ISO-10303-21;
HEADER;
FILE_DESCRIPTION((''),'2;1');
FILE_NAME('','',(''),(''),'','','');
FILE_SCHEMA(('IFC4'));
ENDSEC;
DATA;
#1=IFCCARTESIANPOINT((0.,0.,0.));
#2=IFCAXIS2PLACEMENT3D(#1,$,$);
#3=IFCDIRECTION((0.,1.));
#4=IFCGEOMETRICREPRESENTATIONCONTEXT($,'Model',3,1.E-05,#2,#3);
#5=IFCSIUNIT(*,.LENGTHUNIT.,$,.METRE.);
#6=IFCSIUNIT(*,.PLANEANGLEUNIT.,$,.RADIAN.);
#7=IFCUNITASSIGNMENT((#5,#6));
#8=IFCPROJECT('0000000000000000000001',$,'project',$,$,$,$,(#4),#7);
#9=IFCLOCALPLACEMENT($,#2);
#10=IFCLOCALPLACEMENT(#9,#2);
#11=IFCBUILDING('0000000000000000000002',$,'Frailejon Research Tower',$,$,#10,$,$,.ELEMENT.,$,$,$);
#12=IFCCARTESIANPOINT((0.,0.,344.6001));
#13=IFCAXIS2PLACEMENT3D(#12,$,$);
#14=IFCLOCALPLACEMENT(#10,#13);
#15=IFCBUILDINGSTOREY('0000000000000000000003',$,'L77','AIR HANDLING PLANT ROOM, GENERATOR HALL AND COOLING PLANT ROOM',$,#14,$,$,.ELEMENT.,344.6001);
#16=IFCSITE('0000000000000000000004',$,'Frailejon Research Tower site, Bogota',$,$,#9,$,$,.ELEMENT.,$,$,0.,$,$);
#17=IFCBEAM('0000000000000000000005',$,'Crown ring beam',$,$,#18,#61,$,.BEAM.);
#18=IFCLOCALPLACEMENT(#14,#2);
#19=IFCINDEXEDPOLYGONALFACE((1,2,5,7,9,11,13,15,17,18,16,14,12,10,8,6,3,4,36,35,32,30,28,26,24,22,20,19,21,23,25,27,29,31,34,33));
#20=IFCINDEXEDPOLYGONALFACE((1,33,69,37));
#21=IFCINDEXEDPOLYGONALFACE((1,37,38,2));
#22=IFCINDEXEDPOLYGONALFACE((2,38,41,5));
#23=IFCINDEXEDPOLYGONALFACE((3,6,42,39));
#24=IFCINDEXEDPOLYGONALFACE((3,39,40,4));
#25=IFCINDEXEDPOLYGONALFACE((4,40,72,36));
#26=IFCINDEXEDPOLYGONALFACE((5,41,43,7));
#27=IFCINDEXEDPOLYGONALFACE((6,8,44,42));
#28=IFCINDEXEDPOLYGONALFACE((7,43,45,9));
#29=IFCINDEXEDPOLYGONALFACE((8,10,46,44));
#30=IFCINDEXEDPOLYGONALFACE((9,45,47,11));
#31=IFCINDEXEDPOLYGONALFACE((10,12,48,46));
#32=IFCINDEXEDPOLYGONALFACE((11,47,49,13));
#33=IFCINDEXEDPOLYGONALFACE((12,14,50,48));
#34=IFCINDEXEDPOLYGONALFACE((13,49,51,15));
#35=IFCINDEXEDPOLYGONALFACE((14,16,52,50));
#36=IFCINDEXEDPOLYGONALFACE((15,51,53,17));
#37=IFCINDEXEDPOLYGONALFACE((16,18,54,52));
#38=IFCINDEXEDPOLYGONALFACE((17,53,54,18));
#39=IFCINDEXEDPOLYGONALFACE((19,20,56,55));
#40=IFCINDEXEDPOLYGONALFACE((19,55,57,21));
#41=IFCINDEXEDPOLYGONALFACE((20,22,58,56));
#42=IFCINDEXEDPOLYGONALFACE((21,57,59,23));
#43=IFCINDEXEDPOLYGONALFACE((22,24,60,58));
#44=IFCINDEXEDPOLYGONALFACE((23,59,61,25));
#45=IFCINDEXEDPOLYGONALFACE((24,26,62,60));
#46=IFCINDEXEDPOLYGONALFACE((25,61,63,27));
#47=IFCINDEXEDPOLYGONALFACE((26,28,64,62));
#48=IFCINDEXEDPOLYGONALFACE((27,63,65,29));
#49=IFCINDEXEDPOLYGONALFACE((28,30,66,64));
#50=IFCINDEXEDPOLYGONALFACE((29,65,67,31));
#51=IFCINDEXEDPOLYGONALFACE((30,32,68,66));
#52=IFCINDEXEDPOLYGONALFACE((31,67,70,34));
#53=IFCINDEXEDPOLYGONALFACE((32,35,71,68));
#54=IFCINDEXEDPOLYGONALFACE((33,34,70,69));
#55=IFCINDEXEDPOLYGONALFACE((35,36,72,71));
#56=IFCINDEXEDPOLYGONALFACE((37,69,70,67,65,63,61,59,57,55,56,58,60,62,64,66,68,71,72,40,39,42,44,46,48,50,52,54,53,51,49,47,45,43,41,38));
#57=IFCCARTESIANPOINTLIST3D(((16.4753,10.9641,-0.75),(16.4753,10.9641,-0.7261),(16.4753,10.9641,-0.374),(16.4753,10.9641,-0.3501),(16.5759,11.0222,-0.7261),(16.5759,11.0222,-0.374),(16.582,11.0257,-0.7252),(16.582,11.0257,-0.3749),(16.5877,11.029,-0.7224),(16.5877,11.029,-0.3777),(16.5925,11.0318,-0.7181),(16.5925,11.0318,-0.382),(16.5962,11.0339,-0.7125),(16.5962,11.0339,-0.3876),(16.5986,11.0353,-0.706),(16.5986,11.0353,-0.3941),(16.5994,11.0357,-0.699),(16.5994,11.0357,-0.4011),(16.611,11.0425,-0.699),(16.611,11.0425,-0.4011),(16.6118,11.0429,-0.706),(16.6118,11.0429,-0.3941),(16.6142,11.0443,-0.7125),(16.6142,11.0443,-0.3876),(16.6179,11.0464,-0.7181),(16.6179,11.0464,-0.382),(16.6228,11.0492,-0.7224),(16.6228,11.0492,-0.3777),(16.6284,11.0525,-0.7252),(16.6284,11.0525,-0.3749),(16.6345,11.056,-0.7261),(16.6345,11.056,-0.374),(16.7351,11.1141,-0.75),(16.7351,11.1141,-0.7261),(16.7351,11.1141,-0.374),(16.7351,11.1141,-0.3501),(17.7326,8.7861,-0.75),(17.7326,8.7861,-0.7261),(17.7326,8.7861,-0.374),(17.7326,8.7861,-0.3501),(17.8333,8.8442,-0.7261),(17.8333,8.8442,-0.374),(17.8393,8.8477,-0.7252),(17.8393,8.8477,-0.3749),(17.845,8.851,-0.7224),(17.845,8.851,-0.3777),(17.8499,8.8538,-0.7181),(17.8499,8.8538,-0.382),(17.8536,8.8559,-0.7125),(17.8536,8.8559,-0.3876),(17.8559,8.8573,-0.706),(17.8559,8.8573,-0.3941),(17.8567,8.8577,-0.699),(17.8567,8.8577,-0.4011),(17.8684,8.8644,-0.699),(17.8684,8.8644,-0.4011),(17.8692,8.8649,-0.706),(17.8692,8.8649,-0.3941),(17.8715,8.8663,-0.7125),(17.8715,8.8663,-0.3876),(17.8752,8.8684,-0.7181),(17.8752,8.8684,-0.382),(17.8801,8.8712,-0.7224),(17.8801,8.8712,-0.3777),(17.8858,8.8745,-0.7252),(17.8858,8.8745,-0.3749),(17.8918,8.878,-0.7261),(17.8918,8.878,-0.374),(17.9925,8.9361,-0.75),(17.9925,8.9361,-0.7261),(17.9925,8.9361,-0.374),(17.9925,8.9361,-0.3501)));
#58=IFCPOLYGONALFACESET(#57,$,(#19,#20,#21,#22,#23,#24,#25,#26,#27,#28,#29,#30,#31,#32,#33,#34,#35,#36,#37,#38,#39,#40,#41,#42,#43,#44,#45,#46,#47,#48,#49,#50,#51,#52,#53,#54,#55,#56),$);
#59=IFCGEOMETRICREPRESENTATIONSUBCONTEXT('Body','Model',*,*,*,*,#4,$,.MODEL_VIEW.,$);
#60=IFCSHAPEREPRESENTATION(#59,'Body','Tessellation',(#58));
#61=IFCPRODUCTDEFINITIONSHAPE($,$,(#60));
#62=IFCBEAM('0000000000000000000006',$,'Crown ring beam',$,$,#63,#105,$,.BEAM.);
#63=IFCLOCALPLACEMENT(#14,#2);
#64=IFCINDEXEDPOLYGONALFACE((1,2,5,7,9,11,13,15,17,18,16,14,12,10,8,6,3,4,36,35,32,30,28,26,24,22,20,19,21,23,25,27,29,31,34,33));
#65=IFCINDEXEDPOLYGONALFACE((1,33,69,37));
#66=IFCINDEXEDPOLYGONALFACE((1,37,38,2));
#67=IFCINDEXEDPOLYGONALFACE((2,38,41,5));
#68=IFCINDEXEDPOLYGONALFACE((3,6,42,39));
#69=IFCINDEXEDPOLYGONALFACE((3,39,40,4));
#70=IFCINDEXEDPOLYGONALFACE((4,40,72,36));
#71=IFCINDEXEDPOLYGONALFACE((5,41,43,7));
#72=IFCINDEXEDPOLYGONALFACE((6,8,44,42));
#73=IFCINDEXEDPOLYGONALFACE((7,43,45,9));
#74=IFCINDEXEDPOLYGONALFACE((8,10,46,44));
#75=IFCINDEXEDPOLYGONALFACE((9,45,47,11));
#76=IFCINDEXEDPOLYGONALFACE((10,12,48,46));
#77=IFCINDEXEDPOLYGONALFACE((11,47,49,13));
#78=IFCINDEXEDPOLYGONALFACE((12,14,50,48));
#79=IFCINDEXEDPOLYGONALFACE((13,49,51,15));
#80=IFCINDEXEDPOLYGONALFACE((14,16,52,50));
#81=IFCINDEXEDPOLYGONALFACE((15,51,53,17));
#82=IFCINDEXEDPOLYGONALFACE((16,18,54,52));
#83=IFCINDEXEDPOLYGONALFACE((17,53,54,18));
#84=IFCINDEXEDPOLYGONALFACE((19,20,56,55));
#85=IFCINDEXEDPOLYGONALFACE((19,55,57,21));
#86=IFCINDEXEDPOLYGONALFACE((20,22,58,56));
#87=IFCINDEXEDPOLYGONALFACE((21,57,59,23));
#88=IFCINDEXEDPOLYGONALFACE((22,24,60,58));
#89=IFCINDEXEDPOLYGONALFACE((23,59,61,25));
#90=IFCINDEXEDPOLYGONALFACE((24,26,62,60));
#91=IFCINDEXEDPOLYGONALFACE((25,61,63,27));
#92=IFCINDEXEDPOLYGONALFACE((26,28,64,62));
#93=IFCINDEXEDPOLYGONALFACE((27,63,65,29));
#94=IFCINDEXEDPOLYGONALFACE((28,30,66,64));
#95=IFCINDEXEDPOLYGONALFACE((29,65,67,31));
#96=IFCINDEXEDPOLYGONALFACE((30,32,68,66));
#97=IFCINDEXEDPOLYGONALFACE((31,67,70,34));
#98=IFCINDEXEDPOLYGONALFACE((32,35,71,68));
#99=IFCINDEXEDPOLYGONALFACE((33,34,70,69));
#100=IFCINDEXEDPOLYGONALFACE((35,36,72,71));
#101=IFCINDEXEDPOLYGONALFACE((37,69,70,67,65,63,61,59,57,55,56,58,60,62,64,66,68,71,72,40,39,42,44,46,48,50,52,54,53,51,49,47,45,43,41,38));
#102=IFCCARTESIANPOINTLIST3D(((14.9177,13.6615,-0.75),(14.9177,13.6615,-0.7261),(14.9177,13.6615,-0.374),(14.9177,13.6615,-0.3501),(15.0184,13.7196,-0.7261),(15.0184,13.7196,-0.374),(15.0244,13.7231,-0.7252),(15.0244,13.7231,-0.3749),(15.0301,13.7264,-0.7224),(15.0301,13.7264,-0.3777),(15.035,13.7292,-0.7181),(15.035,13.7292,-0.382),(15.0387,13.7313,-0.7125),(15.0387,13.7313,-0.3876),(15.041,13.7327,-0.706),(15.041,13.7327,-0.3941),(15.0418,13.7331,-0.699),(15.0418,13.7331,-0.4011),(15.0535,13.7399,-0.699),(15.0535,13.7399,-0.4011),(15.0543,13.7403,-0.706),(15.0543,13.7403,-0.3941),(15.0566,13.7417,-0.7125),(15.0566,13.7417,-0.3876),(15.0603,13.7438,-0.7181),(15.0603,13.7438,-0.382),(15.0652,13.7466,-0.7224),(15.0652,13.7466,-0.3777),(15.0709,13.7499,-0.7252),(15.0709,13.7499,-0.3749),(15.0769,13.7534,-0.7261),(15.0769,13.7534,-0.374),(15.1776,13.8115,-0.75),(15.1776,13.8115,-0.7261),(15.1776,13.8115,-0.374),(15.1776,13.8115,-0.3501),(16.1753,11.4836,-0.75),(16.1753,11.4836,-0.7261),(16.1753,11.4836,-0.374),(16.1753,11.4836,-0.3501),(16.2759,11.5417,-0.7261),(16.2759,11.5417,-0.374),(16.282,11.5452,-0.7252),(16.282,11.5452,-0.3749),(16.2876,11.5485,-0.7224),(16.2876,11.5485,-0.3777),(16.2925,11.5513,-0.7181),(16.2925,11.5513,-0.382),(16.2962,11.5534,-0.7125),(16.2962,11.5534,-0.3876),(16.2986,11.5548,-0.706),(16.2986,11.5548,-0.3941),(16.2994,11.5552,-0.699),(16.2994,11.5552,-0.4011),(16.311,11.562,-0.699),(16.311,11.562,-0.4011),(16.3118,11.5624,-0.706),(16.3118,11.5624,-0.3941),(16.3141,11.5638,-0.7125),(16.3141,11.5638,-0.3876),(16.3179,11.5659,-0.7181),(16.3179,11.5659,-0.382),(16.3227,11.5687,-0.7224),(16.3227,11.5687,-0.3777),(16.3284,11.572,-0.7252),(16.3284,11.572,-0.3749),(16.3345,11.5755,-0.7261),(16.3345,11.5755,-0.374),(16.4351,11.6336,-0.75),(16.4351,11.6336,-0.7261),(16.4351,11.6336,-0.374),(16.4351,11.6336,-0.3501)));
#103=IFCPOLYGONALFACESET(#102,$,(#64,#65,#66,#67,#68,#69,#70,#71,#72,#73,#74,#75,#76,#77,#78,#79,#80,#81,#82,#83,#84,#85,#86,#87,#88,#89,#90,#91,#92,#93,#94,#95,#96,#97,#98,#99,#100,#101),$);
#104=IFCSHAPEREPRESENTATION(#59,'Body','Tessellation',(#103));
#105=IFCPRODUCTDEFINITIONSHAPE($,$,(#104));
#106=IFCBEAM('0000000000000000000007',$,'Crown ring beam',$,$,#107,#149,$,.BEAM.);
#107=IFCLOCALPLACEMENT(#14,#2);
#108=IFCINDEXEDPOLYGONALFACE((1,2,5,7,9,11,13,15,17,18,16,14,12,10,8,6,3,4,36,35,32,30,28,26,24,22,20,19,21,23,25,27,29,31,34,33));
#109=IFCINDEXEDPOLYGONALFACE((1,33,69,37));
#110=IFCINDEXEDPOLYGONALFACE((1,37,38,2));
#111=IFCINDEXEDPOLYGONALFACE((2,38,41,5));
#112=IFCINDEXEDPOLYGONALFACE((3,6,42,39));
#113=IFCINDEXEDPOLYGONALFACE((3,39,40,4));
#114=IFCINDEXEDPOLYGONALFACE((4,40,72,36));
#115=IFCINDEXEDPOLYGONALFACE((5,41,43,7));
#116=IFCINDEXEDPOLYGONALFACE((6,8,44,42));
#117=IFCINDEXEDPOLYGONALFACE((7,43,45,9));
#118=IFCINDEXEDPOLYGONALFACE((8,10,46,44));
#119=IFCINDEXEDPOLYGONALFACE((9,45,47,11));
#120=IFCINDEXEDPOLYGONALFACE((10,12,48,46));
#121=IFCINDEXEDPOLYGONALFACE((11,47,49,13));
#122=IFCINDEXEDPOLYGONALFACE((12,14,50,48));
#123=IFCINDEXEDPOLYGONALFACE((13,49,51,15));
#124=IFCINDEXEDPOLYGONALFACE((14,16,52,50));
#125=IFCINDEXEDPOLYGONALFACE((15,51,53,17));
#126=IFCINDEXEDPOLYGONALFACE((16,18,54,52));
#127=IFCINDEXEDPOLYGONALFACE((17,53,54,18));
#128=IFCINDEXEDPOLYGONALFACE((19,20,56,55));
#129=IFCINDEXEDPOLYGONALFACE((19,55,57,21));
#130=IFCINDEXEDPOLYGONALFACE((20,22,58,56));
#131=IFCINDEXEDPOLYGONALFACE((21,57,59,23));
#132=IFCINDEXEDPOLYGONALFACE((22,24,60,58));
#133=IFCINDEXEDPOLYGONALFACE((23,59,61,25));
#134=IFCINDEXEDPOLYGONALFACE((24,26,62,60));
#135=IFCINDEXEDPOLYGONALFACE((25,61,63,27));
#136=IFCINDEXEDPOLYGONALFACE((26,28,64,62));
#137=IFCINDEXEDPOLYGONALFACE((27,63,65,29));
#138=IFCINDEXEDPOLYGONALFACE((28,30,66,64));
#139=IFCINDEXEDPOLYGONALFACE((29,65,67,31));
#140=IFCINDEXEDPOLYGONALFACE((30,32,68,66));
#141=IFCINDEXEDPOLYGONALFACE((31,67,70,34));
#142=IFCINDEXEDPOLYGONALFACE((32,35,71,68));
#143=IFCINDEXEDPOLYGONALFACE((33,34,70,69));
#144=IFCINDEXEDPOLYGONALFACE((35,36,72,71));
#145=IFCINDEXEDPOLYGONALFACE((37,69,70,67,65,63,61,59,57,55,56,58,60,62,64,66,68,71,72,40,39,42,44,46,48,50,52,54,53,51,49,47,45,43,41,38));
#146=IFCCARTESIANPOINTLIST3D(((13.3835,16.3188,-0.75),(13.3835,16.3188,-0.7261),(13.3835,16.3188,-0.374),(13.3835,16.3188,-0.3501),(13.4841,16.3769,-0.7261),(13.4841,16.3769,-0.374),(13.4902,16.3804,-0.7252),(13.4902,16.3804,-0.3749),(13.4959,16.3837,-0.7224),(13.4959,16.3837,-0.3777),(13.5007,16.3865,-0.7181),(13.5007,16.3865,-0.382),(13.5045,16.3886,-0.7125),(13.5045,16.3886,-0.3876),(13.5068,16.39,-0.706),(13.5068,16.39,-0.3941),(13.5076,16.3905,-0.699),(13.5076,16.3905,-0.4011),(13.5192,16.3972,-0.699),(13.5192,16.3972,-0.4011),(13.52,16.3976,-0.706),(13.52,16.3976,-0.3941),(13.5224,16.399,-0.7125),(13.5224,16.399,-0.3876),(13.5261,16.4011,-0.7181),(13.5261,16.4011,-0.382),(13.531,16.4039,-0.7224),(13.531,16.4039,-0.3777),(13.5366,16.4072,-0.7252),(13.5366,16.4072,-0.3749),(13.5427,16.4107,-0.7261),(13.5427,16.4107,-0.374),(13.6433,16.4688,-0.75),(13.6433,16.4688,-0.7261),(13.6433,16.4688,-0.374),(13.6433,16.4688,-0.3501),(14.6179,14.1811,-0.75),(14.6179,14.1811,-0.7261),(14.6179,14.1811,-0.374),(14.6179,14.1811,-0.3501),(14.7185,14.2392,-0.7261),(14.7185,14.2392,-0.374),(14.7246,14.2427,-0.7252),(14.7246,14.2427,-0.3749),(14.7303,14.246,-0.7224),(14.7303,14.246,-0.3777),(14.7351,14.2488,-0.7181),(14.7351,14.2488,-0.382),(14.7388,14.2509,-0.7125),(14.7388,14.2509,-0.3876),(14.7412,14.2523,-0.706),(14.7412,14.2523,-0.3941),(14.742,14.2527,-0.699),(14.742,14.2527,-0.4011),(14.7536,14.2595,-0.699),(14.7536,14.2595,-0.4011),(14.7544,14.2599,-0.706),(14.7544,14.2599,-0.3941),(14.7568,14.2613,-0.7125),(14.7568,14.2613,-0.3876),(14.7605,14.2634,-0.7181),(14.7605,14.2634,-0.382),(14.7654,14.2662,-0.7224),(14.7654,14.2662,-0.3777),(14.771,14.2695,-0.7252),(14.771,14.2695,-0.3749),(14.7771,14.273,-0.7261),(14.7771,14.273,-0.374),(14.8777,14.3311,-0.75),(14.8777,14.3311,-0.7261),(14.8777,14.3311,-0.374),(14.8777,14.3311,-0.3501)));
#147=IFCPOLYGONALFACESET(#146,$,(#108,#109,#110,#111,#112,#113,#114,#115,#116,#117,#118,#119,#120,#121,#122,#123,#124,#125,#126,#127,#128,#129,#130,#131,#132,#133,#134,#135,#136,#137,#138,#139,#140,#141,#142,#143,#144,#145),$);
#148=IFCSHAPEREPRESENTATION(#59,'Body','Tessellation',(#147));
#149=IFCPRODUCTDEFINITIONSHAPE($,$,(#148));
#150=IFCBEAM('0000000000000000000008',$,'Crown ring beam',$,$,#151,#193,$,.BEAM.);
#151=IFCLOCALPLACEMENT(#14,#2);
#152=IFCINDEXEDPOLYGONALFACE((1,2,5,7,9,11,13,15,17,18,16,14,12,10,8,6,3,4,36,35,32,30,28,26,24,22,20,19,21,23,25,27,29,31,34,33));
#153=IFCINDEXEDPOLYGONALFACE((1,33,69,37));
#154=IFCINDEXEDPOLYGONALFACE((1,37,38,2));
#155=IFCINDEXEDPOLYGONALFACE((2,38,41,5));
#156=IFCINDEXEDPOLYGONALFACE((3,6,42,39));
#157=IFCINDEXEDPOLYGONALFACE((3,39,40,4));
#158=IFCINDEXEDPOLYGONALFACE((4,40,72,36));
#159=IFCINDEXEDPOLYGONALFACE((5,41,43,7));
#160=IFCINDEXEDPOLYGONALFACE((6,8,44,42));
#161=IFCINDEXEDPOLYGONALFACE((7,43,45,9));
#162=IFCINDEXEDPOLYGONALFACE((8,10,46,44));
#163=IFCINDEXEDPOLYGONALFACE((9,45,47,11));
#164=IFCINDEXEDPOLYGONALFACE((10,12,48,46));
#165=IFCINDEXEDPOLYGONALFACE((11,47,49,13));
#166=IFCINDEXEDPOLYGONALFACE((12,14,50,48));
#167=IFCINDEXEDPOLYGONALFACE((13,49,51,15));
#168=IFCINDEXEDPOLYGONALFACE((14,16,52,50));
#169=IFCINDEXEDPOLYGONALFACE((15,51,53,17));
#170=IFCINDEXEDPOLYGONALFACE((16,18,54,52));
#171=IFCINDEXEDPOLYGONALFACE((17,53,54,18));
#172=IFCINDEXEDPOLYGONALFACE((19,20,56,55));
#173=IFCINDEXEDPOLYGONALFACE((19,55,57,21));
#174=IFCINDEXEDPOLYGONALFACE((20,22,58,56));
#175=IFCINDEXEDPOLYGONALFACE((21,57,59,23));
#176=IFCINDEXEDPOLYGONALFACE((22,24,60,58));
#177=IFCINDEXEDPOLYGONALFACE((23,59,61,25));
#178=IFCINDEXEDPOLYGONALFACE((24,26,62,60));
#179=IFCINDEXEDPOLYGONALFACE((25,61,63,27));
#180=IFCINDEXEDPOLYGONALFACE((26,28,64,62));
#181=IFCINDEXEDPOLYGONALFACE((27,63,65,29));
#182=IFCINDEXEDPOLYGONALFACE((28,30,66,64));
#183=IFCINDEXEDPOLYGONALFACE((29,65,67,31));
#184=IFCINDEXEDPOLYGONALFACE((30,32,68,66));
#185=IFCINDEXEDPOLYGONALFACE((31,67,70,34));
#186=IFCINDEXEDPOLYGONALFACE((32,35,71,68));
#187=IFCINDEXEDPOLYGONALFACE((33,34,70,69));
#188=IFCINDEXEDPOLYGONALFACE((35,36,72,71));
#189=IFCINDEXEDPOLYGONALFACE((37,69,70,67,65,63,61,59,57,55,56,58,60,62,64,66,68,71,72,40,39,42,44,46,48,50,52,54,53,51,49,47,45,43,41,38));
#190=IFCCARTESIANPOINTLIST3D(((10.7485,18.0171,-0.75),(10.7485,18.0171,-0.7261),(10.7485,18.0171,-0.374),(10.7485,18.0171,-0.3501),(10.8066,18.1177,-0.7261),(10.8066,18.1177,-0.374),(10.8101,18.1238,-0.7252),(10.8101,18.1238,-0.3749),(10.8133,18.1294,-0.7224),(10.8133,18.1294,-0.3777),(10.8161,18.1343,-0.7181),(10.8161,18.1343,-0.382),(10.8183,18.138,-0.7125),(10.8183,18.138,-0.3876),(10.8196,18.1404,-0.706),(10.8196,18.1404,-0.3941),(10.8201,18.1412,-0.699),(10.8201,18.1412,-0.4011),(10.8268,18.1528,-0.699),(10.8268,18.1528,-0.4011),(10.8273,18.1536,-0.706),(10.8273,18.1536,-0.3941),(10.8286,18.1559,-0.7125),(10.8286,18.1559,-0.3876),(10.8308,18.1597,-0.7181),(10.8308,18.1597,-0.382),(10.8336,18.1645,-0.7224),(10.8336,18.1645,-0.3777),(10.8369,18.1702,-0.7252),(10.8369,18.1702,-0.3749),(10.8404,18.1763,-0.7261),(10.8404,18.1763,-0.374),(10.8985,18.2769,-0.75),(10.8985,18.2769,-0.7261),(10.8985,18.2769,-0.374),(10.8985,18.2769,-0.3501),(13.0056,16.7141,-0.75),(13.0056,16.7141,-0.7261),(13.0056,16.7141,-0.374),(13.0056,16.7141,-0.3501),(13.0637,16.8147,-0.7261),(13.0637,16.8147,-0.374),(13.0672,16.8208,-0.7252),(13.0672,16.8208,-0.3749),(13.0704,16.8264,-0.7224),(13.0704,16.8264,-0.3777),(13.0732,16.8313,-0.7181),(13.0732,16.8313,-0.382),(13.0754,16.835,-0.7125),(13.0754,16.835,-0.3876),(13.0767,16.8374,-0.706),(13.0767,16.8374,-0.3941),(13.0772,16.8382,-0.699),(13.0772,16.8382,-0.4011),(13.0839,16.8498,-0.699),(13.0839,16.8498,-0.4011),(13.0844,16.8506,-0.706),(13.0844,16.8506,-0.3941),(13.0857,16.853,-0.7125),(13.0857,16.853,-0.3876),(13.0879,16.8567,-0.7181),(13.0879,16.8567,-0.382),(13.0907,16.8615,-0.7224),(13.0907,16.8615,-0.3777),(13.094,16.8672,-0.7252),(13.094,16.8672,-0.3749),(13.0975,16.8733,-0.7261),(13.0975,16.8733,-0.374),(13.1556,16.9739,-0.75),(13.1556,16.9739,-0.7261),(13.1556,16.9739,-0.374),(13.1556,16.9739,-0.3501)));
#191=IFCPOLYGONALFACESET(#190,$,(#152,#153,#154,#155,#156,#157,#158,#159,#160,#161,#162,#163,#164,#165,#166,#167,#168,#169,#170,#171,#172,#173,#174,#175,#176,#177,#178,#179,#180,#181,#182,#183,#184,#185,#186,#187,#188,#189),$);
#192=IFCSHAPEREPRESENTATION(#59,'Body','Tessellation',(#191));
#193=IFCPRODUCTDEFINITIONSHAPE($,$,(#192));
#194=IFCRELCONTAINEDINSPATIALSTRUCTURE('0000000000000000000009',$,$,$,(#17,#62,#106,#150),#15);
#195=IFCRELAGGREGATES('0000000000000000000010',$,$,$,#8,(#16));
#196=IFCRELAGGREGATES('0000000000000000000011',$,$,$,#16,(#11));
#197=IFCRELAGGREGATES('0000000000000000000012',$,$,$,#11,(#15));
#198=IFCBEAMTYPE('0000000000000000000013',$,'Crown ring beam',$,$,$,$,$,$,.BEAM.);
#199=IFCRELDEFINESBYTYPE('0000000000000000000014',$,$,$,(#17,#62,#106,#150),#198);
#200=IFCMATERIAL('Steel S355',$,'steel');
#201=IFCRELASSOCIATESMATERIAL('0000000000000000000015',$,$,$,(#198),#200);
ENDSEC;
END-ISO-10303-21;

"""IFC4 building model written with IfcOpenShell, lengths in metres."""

from ifc_helpers import new_model, si_unit, direction, frame, origin, origin_2d, place, context, subcontext, project, spatial, i_section, extrude, material, material_profile, profile_set, type_object, element, save


model = new_model("IFC4")

# Units and contexts
model_context = context("Model", 3, precision=1e-05, world=origin(), true_north=direction((0.0, 1.0)))
body_context = subcontext(model_context, "Body", "Model", "MODEL_VIEW")
ifc_project = project(units=[si_unit("LENGTHUNIT", "METRE"), si_unit("PLANEANGLEUNIT", "RADIAN")], contexts=[model_context])

# Site, building, storey
site_placement = place(None, origin())
site = spatial("IfcSite", under=ifc_project, at=site_placement, Name="Frailejon Research Tower site, Bogota", CompositionType="ELEMENT", RefElevation=0.0)
building_placement = place(site_placement, origin())
building = spatial("IfcBuilding", under=site, at=building_placement, Name="Frailejon Research Tower", CompositionType="ELEMENT")
storey_placement = place(building_placement, frame((0.0, 0.0, 344.6001)))
storey = spatial("IfcBuildingStorey", under=building, at=storey_placement, Name="L77", Description="AIR HANDLING PLANT ROOM, GENERATOR HALL AND COOLING PLANT ROOM", CompositionType="ELEMENT", Elevation=344.6001)

# Beams
ifc_material_1 = material(Name="Steel S355", Category="steel")
ifc_material_profile_1 = material_profile(ifc_material_1, i_section(OverallWidth=0.3, OverallDepth=0.3999, WebThickness=0.0134, FlangeThickness=0.0239, FilletRadius=0.0271, at=origin_2d()), Name="HE 400 B")
ifc_profile_set_1 = profile_set([ifc_material_profile_1], Name="Steel S355")
beam_type_1 = type_object("IfcBeamType", Name="Crown ring beam", PredefinedType="BEAM", material=ifc_profile_set_1)
for number, where, z_axis, x_axis, name in (
    (1, (17.8625, 8.8611, -0.55), (-0.499961, 0.866048, 0.0), (-0.866048, -0.499961, 0.0), "Crown ring beam"),
    (2, (16.3052, 11.5586, -0.55), (-0.500033, 0.866006, 0.0), (-0.866006, -0.500033, 0.0), "Crown ring beam"),
):
    element("IfcBeam", number, at=place(storey_placement, frame(where, z_axis=z_axis, x_axis=x_axis)), inside=storey, type_object=beam_type_1, Name=name, PredefinedType="BEAM", context=body_context, shape_type="SweptSolid", body=[
        extrude(i_section(OverallWidth=0.3, OverallDepth=0.3999, WebThickness=0.0134, FlangeThickness=0.0239, FilletRadius=0.0271, at=origin_2d()), origin(), (0.0, 0.0, 1.0), 2.5149),
    ])
beam_1_placement = place(storey_placement, frame((14.7478, 14.2561, -0.55), z_axis=(-0.500053, 0.865995, 0.0), x_axis=(-0.865995, -0.500053, 0.0)))
element("IfcBeam", 3, at=beam_1_placement, inside=storey, type_object=beam_type_1, Name="Crown ring beam", PredefinedType="BEAM", context=body_context, shape_type="SweptSolid", body=[
    extrude(i_section(OverallWidth=0.3, OverallDepth=0.3999, WebThickness=0.0134, FlangeThickness=0.0239, FilletRadius=0.0271, at=origin_2d()), origin(), (0.0, 0.0, 1.0), 2.4685),
])
beam_2_placement = place(storey_placement, frame((13.0806, 16.844, -0.55), z_axis=(-0.86605, 0.499958, 0.0), x_axis=(-0.499958, -0.86605, 0.0)))
element("IfcBeam", 4, at=beam_2_placement, inside=storey, type_object=beam_type_1, Name="Crown ring beam", PredefinedType="BEAM", context=body_context, shape_type="SweptSolid", body=[
    extrude(i_section(OverallWidth=0.3, OverallDepth=0.3999, WebThickness=0.0134, FlangeThickness=0.0239, FilletRadius=0.0271, at=origin_2d()), origin(), (0.0, 0.0, 1.0), 2.6062),
])

save(model, "model.ifc")
